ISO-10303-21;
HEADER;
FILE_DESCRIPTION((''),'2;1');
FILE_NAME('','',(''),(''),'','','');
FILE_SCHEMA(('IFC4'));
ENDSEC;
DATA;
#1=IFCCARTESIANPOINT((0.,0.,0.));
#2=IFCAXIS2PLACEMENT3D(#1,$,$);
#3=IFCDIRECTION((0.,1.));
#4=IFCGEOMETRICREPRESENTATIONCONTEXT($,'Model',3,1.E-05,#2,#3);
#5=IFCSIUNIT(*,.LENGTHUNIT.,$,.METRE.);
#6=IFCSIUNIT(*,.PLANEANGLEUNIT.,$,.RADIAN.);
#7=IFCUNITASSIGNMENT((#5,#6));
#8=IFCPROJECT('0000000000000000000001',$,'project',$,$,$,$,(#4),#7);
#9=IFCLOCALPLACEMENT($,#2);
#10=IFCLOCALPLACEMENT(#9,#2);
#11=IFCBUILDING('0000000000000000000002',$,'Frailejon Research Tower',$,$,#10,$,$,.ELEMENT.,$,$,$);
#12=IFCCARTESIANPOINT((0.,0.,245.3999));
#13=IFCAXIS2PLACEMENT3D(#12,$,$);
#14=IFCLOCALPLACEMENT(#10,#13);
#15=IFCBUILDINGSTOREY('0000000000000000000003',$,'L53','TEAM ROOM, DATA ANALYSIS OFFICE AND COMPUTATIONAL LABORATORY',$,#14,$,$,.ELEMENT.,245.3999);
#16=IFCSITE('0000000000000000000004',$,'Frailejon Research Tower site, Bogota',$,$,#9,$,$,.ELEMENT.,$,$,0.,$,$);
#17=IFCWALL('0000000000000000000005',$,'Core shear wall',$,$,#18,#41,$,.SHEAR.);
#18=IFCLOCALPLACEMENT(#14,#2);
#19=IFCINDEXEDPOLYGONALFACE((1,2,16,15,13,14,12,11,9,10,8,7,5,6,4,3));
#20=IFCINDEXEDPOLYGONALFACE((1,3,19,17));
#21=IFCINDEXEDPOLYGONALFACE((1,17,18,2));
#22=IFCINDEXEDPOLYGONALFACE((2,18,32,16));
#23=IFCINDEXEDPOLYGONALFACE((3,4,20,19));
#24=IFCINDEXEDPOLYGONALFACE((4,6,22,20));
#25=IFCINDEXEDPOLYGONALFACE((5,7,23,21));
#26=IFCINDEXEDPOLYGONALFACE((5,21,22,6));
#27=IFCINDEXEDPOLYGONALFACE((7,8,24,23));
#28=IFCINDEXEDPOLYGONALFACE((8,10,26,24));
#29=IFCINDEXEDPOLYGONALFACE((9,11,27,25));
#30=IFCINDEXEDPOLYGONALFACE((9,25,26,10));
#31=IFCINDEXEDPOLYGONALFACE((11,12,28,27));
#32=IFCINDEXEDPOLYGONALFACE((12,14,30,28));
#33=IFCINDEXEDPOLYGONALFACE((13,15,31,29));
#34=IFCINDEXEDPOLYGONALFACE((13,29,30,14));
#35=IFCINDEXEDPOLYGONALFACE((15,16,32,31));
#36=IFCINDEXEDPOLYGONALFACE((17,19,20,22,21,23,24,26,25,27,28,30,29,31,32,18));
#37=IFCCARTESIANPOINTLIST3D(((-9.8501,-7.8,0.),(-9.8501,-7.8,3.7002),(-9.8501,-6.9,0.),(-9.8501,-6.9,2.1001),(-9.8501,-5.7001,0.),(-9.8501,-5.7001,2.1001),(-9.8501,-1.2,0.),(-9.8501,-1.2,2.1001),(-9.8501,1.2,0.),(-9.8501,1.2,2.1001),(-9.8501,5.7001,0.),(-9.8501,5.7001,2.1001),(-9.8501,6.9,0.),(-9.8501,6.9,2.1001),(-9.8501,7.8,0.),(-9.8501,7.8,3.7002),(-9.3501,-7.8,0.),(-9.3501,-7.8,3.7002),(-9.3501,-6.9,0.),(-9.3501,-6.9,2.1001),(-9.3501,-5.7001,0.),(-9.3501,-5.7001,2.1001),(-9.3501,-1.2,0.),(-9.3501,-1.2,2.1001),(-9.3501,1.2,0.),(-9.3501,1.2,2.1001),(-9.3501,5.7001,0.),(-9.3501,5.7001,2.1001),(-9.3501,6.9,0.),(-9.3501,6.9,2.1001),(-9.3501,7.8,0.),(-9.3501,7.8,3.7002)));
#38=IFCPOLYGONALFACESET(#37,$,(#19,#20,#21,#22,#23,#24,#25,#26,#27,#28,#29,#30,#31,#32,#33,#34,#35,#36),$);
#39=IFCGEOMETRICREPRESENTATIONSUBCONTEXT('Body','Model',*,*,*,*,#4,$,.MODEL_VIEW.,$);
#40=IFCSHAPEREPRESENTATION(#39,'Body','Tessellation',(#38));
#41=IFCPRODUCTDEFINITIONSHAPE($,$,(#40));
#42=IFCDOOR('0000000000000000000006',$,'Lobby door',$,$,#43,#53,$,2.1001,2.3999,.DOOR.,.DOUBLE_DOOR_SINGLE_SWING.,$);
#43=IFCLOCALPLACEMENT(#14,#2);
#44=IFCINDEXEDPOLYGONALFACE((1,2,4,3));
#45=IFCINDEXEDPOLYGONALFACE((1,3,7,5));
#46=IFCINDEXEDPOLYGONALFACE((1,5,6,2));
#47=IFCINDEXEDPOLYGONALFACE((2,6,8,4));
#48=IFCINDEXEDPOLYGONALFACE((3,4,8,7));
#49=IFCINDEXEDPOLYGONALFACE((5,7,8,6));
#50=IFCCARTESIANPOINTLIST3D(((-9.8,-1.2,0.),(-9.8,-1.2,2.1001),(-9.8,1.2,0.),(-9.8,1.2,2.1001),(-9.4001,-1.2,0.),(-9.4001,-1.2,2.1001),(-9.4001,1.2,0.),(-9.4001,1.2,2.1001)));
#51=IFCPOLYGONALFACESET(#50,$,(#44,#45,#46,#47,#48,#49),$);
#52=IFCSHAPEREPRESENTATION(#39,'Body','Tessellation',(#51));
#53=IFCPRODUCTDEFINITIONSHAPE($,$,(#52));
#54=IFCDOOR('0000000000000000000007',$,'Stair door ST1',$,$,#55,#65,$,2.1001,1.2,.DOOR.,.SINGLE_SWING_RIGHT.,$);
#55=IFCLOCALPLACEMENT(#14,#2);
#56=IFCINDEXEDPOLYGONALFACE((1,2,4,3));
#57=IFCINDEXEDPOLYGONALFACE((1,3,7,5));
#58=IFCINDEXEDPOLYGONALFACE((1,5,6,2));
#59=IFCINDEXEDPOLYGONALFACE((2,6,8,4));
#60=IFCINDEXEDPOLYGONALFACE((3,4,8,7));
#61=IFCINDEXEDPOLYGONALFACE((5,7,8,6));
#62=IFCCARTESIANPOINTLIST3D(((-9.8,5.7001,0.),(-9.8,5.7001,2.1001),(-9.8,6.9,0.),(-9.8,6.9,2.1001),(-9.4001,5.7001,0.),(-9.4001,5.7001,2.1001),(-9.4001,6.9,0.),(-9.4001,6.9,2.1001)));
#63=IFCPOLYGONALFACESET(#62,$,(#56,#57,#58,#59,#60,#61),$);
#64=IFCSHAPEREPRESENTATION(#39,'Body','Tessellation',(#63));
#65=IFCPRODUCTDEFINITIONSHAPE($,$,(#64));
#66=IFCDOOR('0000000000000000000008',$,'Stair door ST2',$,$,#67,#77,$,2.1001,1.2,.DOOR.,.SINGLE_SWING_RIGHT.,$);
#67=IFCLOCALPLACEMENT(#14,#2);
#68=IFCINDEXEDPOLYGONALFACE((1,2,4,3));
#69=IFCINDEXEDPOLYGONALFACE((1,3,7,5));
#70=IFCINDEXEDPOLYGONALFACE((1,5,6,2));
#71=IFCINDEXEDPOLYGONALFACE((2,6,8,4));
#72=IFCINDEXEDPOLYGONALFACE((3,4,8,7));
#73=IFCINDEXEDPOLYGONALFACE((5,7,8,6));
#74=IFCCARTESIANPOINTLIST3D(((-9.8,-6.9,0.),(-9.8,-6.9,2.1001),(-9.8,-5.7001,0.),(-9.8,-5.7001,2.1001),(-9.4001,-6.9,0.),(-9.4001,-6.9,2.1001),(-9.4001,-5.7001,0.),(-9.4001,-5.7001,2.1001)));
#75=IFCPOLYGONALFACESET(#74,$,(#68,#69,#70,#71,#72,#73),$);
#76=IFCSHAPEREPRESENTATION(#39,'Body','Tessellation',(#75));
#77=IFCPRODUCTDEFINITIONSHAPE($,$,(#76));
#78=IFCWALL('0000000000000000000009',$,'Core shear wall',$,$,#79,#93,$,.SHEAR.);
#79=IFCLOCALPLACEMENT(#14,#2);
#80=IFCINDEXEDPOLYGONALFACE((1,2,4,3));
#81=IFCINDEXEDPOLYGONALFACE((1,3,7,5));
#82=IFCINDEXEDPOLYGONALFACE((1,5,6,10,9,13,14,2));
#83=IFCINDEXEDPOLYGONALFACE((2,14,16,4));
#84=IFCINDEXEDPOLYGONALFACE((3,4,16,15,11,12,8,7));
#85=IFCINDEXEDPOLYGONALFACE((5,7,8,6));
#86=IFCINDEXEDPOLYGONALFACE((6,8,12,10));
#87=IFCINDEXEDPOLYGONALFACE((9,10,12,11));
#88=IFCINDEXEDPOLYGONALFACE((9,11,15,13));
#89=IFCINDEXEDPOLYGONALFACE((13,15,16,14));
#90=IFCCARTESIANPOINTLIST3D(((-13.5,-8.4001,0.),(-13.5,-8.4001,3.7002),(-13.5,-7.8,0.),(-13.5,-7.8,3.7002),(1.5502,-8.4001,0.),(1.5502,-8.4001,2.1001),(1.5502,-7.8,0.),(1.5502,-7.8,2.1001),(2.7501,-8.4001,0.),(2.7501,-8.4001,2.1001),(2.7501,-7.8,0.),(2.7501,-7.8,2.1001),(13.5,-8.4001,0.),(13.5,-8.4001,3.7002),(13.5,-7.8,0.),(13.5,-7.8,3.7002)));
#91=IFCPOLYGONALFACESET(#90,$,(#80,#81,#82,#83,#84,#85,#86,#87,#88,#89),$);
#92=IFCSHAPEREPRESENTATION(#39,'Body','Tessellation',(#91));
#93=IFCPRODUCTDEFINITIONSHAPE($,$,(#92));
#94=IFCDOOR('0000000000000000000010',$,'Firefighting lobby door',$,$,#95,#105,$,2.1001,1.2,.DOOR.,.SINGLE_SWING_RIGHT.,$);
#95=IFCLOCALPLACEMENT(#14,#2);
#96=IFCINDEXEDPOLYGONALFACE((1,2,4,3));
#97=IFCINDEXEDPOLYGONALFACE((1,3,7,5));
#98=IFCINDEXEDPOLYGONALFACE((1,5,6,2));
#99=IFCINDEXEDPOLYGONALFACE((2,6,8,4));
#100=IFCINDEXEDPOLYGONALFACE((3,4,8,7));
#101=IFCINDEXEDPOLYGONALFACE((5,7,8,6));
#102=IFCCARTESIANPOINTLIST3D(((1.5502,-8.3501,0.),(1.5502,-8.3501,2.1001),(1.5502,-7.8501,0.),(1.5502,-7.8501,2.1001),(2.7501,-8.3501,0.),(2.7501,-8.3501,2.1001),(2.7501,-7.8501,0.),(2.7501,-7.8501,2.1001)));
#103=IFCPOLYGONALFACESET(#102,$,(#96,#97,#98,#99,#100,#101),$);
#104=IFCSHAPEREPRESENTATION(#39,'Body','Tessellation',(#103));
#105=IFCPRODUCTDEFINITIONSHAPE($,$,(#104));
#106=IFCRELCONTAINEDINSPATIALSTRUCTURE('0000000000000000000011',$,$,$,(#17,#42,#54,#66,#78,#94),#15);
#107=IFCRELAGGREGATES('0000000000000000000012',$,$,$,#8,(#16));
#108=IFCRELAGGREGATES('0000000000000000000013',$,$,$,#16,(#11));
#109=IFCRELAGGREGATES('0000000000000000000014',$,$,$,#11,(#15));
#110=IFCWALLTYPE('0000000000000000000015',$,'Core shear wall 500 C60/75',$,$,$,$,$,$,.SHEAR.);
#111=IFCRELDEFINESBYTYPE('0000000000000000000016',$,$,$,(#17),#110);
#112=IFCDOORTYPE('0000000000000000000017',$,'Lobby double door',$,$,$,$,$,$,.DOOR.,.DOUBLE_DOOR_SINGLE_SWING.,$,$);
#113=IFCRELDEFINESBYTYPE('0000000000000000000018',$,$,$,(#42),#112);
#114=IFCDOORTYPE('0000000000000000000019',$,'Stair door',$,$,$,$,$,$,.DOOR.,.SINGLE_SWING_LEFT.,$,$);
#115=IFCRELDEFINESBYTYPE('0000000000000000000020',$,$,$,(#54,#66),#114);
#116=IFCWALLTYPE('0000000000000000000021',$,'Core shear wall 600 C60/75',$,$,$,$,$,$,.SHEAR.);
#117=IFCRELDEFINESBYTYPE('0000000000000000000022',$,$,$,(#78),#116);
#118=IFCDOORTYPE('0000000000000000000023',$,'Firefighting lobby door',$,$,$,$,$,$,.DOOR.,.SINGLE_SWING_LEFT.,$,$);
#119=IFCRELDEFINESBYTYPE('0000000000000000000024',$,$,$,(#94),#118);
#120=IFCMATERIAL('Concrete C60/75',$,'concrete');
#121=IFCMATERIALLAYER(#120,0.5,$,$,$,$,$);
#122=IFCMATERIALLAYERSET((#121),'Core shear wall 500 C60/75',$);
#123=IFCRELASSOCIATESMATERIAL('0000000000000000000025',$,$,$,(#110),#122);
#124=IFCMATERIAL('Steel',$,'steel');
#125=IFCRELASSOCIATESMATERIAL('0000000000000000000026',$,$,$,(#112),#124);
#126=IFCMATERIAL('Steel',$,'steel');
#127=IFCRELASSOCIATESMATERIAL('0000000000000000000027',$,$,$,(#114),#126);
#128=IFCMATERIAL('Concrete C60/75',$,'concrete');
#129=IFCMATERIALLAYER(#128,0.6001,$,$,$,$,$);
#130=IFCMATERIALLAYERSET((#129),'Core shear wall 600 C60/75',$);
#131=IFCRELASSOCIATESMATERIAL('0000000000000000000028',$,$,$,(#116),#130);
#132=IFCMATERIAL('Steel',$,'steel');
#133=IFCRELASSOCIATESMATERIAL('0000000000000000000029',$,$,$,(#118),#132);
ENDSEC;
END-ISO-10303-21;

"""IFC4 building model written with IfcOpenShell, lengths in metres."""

from ifc_helpers import new_model, si_unit, direction, frame, frame_2d, origin, place, context, subcontext, project, spatial, rectangle, extrude, material, layer, layer_set, type_object, element, fill, save


model = new_model("IFC4")

# Units and contexts
model_context = context("Model", 3, precision=1e-05, world=origin(), true_north=direction((0.0, 1.0)))
body_context = subcontext(model_context, "Body", "Model", "MODEL_VIEW")
ifc_project = project(units=[si_unit("LENGTHUNIT", "METRE"), si_unit("PLANEANGLEUNIT", "RADIAN")], contexts=[model_context])

# Site, building, storey
site_placement = place(None, origin())
site = spatial("IfcSite", under=ifc_project, at=site_placement, Name="Frailejon Research Tower site, Bogota", CompositionType="ELEMENT", RefElevation=0.0)
building_placement = place(site_placement, origin())
building = spatial("IfcBuilding", under=site, at=building_placement, Name="Frailejon Research Tower", CompositionType="ELEMENT")
storey_placement = place(building_placement, frame((0.0, 0.0, 245.3999)))
storey = spatial("IfcBuildingStorey", under=building, at=storey_placement, Name="L53", Description="TEAM ROOM, DATA ANALYSIS OFFICE AND COMPUTATIONAL LABORATORY", CompositionType="ELEMENT", Elevation=245.3999)

# Wall, openings, doors
ifc_material_1 = material(Name="Concrete C60/75", Category="concrete")
ifc_layer_1 = layer(ifc_material_1, 0.5)
ifc_layer_set_1 = layer_set([ifc_layer_1], Name="Core shear wall 500 C60/75")
wall_type_1 = type_object("IfcWallType", Name="Core shear wall 500 C60/75", PredefinedType="SHEAR", material=ifc_layer_set_1)
wall_1_placement = place(storey_placement, frame((-9.6001, -7.8, 0.0), z_axis=(0.0, 0.0, 1.0), x_axis=(0.0, 1.0, 0.0)))
wall_1 = element("IfcWall", 1, at=wall_1_placement, inside=storey, type_object=wall_type_1, Name="Core shear wall", PredefinedType="SHEAR", context=body_context, shape_type="SweptSolid", body=[
    extrude(rectangle(XDim=15.6001, YDim=0.5, at=frame_2d((7.8, 0.0))), origin(), (0.0, 0.0, 1.0), 3.7002),
])
opening_1_placement = place(wall_1_placement, frame((6.6001, 0.0, 0.0)))
opening_1 = element("IfcOpeningElement", 2, at=opening_1_placement, cuts=wall_1, PredefinedType="OPENING", context=body_context, shape_type="SweptSolid", body=[
    extrude(rectangle(XDim=2.3999, YDim=2.1001, at=frame_2d((1.2, 1.05))), frame((0.0, 0.26, 0.0), z_axis=(0.0, -1.0, 0.0), x_axis=(1.0, 0.0, 0.0)), (0.0, 0.0, 1.0), 0.52),
])
opening_2_placement = place(wall_1_placement, frame((13.5, 0.0, 0.0)))
opening_2 = element("IfcOpeningElement", 3, at=opening_2_placement, cuts=wall_1, PredefinedType="OPENING", context=body_context, shape_type="SweptSolid", body=[
    extrude(rectangle(XDim=1.2, YDim=2.1001, at=frame_2d((0.6001, 1.05))), frame((0.0, 0.26, 0.0), z_axis=(0.0, -1.0, 0.0), x_axis=(1.0, 0.0, 0.0)), (0.0, 0.0, 1.0), 0.52),
])
opening_3_placement = place(wall_1_placement, frame((0.8999, 0.0, 0.0)))
opening_3 = element("IfcOpeningElement", 4, at=opening_3_placement, cuts=wall_1, PredefinedType="OPENING", context=body_context, shape_type="SweptSolid", body=[
    extrude(rectangle(XDim=1.2, YDim=2.1001, at=frame_2d((0.6001, 1.05))), frame((0.0, 0.26, 0.0), z_axis=(0.0, -1.0, 0.0), x_axis=(1.0, 0.0, 0.0)), (0.0, 0.0, 1.0), 0.52),
])
ifc_material_2 = material(Name="Steel", Category="steel")
door_type_1 = type_object("IfcDoorType", Name="Lobby double door", OperationType="DOUBLE_DOOR_SINGLE_SWING", PredefinedType="DOOR", material=ifc_material_2)
door_1_placement = place(opening_1_placement, origin())
door_1 = element("IfcDoor", 5, at=door_1_placement, inside=storey, type_object=door_type_1, Name="Lobby door", OperationType="DOUBLE_DOOR_SINGLE_SWING", OverallHeight=2.1001, OverallWidth=2.3999, PredefinedType="DOOR", context=body_context, shape_type="SweptSolid", body=[
    extrude(rectangle(XDim=2.3999, YDim=2.1001, at=frame_2d((1.2, 1.05))), frame((0.0, 0.2, 0.0), z_axis=(0.0, -1.0, 0.0), x_axis=(1.0, 0.0, 0.0)), (0.0, 0.0, 1.0), 0.3999),
])
fill(opening_1, door_1)
ifc_material_3 = material(Name="Steel", Category="steel")
door_type_2 = type_object("IfcDoorType", Name="Stair door", OperationType="SINGLE_SWING_LEFT", PredefinedType="DOOR", material=ifc_material_3)
door_2_placement = place(opening_2_placement, origin())
door_2 = element("IfcDoor", 6, at=door_2_placement, inside=storey, type_object=door_type_2, Name="Stair door ST1", OperationType="SINGLE_SWING_RIGHT", OverallHeight=2.1001, OverallWidth=1.2, PredefinedType="DOOR", context=body_context, shape_type="SweptSolid", body=[
    extrude(rectangle(XDim=1.2, YDim=2.1001, at=frame_2d((0.6001, 1.05))), frame((0.0, 0.2, 0.0), z_axis=(0.0, -1.0, 0.0), x_axis=(1.0, 0.0, 0.0)), (0.0, 0.0, 1.0), 0.3999),
])
fill(opening_2, door_2)
door_3_placement = place(opening_3_placement, origin())
door_3 = element("IfcDoor", 7, at=door_3_placement, inside=storey, type_object=door_type_2, Name="Stair door ST2", OperationType="SINGLE_SWING_RIGHT", OverallHeight=2.1001, OverallWidth=1.2, PredefinedType="DOOR", context=body_context, shape_type="SweptSolid", body=[
    extrude(rectangle(XDim=1.2, YDim=2.1001, at=frame_2d((0.6001, 1.05))), frame((0.0, 0.2, 0.0), z_axis=(0.0, -1.0, 0.0), x_axis=(1.0, 0.0, 0.0)), (0.0, 0.0, 1.0), 0.3999),
])
fill(opening_3, door_3)

# Wall, opening, door
ifc_material_4 = material(Name="Concrete C60/75", Category="concrete")
ifc_layer_2 = layer(ifc_material_4, 0.6001)
ifc_layer_set_2 = layer_set([ifc_layer_2], Name="Core shear wall 600 C60/75")
wall_type_2 = type_object("IfcWallType", Name="Core shear wall 600 C60/75", PredefinedType="SHEAR", material=ifc_layer_set_2)
wall_2_placement = place(storey_placement, frame((-13.5, -8.1001, 0.0), z_axis=(0.0, 0.0, 1.0), x_axis=(1.0, 0.0, 0.0)))
wall_2 = element("IfcWall", 8, at=wall_2_placement, inside=storey, type_object=wall_type_2, Name="Core shear wall", PredefinedType="SHEAR", context=body_context, shape_type="SweptSolid", body=[
    extrude(rectangle(XDim=27.0, YDim=0.6001, at=frame_2d((13.5, 0.0))), origin(), (0.0, 0.0, 1.0), 3.7002),
])
opening_4_placement = place(wall_2_placement, frame((15.05, 0.0, 0.0)))
opening_4 = element("IfcOpeningElement", 9, at=opening_4_placement, cuts=wall_2, PredefinedType="OPENING", context=body_context, shape_type="SweptSolid", body=[
    extrude(rectangle(XDim=1.2, YDim=2.1001, at=frame_2d((0.6001, 1.05))), frame((0.0, 0.3101, 0.0), z_axis=(0.0, -1.0, 0.0), x_axis=(1.0, 0.0, 0.0)), (0.0, 0.0, 1.0), 0.6201),
])
ifc_material_5 = material(Name="Steel", Category="steel")
door_type_3 = type_object("IfcDoorType", Name="Firefighting lobby door", OperationType="SINGLE_SWING_LEFT", PredefinedType="DOOR", material=ifc_material_5)
door_4_placement = place(opening_4_placement, origin())
door_4 = element("IfcDoor", 10, at=door_4_placement, inside=storey, type_object=door_type_3, Name="Firefighting lobby door", OperationType="SINGLE_SWING_RIGHT", OverallHeight=2.1001, OverallWidth=1.2, PredefinedType="DOOR", context=body_context, shape_type="SweptSolid", body=[
    extrude(rectangle(XDim=1.2, YDim=2.1001, at=frame_2d((0.6001, 1.05))), frame((0.0, 0.25, 0.0), z_axis=(0.0, -1.0, 0.0), x_axis=(1.0, 0.0, 0.0)), (0.0, 0.0, 1.0), 0.5),
])
fill(opening_4, door_4)

save(model, "model.ifc")
